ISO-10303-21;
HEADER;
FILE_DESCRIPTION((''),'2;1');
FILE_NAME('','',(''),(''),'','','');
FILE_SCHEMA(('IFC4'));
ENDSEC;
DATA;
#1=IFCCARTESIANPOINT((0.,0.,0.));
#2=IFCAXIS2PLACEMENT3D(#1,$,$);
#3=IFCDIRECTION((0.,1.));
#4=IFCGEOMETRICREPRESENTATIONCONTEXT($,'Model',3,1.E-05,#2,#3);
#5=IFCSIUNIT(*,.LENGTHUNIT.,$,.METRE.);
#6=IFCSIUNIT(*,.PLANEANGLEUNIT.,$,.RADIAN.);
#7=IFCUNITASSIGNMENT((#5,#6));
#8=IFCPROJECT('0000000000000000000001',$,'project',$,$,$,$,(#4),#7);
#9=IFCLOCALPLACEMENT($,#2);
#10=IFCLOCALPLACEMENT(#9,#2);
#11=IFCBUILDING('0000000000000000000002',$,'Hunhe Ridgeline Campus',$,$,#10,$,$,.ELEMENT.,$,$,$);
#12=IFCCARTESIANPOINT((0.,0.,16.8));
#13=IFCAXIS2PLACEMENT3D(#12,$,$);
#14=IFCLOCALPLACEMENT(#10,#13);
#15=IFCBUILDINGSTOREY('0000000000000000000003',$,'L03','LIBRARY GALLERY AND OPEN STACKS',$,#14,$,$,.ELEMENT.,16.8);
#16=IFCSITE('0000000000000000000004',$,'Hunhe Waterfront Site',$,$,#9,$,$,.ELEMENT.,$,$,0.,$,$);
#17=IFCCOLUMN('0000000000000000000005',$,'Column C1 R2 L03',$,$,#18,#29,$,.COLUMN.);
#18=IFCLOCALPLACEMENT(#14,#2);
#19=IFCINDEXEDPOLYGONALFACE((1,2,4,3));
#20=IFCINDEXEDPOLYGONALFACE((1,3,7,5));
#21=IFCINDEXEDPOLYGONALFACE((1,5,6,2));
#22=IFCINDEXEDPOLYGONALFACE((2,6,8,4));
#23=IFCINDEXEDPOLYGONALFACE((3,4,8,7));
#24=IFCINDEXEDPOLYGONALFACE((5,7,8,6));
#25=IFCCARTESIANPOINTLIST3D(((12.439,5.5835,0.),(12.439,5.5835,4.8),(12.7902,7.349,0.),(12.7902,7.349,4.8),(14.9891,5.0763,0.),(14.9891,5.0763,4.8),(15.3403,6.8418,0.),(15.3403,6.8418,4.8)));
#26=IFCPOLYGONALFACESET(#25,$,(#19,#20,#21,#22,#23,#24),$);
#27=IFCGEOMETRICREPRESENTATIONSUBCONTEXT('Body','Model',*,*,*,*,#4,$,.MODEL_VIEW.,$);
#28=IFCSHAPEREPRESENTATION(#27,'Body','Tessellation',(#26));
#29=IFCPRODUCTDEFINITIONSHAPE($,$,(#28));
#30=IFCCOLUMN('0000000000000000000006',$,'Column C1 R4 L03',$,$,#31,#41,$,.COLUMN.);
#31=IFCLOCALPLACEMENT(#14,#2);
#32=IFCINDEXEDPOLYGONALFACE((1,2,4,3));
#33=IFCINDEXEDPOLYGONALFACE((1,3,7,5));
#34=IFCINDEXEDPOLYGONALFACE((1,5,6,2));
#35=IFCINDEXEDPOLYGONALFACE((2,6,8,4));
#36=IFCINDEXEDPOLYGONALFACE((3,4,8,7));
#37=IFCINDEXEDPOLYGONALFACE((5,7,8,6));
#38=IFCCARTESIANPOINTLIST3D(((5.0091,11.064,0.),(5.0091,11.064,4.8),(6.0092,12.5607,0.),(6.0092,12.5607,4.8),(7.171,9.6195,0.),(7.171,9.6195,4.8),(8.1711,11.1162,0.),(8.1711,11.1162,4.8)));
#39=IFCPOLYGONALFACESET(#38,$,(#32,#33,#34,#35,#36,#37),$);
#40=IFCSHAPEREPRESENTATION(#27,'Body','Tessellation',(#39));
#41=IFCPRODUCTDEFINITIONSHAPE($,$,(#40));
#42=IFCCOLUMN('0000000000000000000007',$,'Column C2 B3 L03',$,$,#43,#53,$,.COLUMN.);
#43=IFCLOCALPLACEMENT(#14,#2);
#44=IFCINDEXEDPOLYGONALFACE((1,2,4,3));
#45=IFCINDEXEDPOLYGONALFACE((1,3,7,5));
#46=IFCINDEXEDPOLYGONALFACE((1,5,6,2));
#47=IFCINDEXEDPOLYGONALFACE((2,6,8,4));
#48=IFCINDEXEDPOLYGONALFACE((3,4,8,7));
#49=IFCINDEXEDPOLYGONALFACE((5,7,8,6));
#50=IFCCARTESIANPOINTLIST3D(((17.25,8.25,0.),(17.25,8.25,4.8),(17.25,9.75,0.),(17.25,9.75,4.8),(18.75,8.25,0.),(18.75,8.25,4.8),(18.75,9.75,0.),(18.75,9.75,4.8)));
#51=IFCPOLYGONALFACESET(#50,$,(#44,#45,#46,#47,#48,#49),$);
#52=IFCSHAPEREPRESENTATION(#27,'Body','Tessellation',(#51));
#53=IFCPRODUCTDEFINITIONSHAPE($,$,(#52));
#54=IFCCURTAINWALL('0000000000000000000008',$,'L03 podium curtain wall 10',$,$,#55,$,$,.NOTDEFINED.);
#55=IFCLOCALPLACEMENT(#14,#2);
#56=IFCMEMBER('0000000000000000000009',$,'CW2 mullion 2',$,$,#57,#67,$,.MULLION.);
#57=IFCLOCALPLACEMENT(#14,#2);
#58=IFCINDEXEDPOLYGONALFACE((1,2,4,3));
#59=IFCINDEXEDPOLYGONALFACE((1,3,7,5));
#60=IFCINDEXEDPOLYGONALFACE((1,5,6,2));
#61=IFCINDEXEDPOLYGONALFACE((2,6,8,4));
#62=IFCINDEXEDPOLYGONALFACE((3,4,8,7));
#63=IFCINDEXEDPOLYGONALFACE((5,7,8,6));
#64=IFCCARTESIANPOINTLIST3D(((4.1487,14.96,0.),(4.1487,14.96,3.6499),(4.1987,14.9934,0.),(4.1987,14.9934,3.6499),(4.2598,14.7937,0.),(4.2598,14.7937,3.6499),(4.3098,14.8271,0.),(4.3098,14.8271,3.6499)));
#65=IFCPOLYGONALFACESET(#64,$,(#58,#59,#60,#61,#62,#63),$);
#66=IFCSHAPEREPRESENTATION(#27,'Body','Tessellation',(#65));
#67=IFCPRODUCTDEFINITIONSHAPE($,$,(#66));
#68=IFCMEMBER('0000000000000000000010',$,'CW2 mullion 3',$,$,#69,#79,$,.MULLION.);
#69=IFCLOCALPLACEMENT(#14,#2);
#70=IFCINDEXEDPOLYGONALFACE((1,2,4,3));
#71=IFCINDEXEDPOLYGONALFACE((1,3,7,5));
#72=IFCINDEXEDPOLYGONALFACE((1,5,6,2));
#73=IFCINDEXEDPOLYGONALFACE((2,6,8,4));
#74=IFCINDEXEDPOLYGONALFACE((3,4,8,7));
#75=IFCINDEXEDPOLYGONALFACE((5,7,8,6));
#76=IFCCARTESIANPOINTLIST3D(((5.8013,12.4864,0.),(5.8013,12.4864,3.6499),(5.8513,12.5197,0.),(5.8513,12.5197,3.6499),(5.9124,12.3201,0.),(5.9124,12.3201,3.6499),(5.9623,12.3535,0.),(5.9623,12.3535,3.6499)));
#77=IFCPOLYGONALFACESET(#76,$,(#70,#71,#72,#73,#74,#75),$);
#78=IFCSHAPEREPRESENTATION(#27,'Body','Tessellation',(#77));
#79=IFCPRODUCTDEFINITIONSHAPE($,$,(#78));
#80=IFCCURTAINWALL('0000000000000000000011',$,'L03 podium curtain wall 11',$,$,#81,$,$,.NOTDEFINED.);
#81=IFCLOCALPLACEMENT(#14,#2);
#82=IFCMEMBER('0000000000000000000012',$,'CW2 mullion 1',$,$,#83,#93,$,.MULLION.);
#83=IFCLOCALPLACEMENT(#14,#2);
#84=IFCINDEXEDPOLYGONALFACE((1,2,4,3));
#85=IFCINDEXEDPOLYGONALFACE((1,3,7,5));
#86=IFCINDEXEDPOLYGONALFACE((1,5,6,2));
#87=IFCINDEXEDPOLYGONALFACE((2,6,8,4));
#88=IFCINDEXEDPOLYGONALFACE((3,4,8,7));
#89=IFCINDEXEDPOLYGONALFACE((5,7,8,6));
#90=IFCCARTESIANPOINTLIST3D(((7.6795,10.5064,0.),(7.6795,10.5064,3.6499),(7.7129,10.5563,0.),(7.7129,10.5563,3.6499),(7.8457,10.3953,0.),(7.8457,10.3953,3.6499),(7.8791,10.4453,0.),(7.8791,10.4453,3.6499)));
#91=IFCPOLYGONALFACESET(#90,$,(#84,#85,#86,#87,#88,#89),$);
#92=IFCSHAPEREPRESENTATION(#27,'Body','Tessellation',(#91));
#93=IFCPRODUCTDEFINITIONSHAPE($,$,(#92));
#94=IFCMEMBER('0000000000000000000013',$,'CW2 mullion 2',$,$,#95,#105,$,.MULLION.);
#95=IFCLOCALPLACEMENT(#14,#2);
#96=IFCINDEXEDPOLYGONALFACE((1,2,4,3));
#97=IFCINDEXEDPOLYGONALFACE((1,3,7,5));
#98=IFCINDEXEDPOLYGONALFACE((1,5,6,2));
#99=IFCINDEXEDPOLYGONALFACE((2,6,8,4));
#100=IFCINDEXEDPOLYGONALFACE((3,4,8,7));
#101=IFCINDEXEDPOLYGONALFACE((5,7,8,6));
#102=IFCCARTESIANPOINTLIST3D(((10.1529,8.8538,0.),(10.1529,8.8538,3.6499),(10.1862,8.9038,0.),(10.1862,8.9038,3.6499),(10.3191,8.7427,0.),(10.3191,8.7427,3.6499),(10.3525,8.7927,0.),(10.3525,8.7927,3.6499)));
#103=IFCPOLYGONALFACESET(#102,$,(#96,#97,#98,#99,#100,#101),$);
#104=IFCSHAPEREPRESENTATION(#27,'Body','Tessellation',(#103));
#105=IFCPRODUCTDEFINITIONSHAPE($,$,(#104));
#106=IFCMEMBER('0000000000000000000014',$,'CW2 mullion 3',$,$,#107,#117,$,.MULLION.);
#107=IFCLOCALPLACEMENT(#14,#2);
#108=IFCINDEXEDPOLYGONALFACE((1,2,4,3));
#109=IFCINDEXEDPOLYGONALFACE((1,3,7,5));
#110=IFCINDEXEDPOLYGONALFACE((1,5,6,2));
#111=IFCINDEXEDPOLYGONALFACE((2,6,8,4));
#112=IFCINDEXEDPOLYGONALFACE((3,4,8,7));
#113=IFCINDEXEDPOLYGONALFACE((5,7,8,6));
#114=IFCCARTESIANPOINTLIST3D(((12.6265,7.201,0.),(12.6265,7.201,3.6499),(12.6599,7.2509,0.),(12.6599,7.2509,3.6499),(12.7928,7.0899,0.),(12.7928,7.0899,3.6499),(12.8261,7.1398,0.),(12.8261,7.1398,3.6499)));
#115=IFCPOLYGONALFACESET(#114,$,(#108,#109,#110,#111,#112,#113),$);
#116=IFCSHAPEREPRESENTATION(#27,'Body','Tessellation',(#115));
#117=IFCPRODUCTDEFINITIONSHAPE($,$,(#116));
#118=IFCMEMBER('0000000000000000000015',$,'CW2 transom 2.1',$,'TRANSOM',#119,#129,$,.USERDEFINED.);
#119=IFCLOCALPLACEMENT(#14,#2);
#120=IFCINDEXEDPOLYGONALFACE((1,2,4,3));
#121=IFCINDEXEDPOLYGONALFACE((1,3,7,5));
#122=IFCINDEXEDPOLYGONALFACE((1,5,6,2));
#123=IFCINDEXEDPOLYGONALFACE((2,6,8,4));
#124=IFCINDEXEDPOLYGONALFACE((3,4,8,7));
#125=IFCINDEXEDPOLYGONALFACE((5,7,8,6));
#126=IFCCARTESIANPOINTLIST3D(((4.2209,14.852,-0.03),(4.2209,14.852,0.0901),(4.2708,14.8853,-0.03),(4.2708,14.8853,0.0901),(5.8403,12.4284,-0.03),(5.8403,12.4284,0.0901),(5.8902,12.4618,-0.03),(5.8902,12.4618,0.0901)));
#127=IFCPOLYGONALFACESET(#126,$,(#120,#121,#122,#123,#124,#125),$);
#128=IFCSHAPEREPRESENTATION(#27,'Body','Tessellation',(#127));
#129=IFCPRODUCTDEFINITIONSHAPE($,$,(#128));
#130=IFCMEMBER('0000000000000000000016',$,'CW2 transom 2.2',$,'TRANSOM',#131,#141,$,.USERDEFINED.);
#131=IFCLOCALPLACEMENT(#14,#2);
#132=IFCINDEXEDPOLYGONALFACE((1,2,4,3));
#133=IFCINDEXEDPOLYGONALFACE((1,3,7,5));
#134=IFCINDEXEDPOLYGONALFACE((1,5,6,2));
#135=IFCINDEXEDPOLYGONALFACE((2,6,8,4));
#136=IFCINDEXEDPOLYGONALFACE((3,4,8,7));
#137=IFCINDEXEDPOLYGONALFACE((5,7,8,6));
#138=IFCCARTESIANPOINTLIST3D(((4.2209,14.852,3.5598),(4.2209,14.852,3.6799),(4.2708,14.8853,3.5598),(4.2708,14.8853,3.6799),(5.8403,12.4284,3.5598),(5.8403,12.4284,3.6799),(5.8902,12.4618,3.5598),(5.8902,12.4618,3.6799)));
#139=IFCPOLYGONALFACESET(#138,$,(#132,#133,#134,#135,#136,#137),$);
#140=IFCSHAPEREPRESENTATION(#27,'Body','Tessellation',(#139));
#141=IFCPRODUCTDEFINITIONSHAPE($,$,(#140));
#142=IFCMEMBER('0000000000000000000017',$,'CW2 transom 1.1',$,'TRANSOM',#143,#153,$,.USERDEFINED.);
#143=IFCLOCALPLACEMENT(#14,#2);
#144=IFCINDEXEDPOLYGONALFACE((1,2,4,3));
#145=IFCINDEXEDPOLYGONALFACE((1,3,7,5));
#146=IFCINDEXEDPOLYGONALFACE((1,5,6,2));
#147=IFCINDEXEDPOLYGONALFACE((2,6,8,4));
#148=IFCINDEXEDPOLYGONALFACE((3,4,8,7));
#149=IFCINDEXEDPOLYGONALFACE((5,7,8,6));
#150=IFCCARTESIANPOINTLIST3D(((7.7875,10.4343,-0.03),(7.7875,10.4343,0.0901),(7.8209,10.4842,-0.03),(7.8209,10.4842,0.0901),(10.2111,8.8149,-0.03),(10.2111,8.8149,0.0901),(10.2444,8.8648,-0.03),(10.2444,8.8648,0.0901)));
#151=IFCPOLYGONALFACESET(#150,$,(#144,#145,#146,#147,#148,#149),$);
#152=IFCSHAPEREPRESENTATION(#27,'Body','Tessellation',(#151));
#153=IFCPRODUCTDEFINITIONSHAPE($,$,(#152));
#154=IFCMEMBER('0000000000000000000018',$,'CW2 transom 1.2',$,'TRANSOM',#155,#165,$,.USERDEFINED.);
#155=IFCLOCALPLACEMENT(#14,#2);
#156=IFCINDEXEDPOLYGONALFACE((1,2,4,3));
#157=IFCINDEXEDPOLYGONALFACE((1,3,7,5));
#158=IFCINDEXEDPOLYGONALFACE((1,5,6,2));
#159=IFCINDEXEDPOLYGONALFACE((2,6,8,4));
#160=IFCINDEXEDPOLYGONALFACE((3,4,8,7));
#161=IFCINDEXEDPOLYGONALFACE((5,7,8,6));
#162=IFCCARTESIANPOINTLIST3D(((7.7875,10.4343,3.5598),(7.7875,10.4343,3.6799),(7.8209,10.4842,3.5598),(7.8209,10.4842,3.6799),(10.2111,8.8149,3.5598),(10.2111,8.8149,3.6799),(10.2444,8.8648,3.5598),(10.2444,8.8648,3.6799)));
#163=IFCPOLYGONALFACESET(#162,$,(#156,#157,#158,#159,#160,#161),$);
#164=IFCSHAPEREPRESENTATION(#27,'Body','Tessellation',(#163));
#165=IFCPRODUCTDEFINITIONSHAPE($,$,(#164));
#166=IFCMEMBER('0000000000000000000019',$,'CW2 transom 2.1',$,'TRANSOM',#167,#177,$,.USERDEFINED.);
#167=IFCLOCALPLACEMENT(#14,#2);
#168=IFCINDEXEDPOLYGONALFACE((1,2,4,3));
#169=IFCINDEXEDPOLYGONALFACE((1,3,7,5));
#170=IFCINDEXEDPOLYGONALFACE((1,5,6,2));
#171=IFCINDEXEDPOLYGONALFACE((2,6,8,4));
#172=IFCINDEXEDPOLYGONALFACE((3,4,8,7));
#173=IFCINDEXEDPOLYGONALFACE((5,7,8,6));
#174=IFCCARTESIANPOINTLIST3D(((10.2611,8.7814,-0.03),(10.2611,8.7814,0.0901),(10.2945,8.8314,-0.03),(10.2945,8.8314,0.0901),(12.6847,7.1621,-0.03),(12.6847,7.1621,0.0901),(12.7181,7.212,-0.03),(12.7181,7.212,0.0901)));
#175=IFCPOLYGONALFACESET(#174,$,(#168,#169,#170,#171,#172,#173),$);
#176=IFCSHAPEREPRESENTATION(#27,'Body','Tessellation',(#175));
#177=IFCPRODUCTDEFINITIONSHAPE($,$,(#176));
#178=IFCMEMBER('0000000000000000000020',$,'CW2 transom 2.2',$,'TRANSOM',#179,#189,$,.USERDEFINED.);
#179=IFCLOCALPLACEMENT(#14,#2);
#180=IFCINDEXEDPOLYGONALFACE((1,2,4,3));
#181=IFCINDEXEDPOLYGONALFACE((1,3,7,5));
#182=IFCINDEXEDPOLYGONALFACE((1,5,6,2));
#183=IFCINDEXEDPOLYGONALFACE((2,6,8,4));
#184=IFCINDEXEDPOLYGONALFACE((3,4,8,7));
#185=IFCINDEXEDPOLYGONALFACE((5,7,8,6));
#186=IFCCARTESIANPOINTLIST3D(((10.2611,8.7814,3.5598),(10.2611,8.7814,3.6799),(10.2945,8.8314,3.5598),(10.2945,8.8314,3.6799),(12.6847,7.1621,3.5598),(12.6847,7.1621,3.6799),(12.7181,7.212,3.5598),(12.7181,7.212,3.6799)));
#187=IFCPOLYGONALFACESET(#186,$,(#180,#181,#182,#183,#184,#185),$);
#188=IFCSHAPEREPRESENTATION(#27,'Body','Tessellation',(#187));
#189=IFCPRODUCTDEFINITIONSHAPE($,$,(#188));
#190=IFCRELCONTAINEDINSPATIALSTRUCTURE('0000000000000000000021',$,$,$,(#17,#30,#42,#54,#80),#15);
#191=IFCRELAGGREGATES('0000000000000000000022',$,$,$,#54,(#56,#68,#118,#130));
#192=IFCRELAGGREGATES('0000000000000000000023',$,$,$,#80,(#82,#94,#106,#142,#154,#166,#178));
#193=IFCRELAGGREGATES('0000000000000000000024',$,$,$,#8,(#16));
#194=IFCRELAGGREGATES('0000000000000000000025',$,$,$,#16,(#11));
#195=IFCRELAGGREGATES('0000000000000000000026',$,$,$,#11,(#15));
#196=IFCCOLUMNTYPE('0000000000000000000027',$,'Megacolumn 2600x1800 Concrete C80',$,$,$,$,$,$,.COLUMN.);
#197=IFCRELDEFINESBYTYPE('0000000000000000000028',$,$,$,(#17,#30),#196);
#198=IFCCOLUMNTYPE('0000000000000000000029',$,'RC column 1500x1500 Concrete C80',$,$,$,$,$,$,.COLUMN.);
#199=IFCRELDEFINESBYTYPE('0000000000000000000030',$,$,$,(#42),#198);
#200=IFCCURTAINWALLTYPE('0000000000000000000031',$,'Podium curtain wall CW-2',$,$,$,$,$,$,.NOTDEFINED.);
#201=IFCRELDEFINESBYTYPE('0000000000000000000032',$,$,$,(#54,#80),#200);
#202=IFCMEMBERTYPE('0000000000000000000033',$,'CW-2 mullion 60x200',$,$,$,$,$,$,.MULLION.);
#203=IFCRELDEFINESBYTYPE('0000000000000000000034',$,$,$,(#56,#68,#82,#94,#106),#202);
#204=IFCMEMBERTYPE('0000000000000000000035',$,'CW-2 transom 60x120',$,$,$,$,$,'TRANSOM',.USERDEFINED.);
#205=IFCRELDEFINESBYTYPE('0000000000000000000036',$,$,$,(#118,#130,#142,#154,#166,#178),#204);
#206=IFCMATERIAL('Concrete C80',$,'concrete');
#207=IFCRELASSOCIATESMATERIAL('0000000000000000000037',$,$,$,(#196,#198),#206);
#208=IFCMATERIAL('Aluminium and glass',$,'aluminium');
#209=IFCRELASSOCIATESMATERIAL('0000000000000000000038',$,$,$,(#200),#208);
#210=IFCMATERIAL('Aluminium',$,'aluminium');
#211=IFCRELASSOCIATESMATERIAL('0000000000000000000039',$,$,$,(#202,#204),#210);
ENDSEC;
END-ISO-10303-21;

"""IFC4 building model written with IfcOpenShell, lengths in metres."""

from ifc_helpers import new_model, si_unit, direction, frame, origin, origin_2d, place, context, subcontext, project, spatial, rectangle, extrude, material, material_profile, profile_set, type_object, element, aggregate, save


model = new_model("IFC4")

# Units and contexts
model_context = context("Model", 3, precision=1e-05, world=origin(), true_north=direction((0.0, 1.0)))
body_context = subcontext(model_context, "Body", "Model", "MODEL_VIEW")
ifc_project = project(units=[si_unit("LENGTHUNIT", "METRE"), si_unit("PLANEANGLEUNIT", "RADIAN")], contexts=[model_context])

# Site, building, storey
site_placement = place(None, origin())
site = spatial("IfcSite", under=ifc_project, at=site_placement, Name="Hunhe Waterfront Site", CompositionType="ELEMENT", RefElevation=0.0)
building_placement = place(site_placement, origin())
building = spatial("IfcBuilding", under=site, at=building_placement, Name="Hunhe Ridgeline Campus", CompositionType="ELEMENT")
storey_placement = place(building_placement, frame((0.0, 0.0, 16.8)))
storey = spatial("IfcBuildingStorey", under=building, at=storey_placement, Name="L03", Description="LIBRARY GALLERY AND OPEN STACKS", CompositionType="ELEMENT", Elevation=16.8)

# Columns
ifc_material_1 = material(Name="Concrete C80", Category="concrete")
ifc_material_profile_1 = material_profile(ifc_material_1, rectangle(XDim=2.6001, YDim=1.8, at=origin_2d()))
ifc_profile_set_1 = profile_set([ifc_material_profile_1], Name="Concrete C80")
column_type_1 = type_object("IfcColumnType", Name="Megacolumn 2600x1800 Concrete C80", PredefinedType="COLUMN", material=ifc_profile_set_1)
for number, where, z_axis, x_axis, name in (
    (1, (13.8896, 6.2126, 0.0), (0.0, 0.0, 1.0), (-0.980785, 0.19509, 0.0), "Column C1 R2 L03"),
    (2, (6.5901, 11.0901, 0.0), (0.0, 0.0, 1.0), (-0.83147, 0.55557, 0.0), "Column C1 R4 L03"),
):
    element("IfcColumn", number, at=place(storey_placement, frame(where, z_axis=z_axis, x_axis=x_axis)), inside=storey, type_object=column_type_1, Name=name, PredefinedType="COLUMN", context=body_context, shape_type="SweptSolid", body=[
        extrude(rectangle(XDim=2.6001, YDim=1.8, at=origin_2d()), origin(), (0.0, 0.0, 1.0), 4.8),
    ])
ifc_material_profile_2 = material_profile(ifc_material_1, rectangle(XDim=1.5, YDim=1.5, at=origin_2d()))
ifc_profile_set_2 = profile_set([ifc_material_profile_2], Name="Concrete C80")
column_type_2 = type_object("IfcColumnType", Name="RC column 1500x1500 Concrete C80", PredefinedType="COLUMN", material=ifc_profile_set_2)
column_placement = place(storey_placement, frame((18.0, 9.0, 0.0), z_axis=(0.0, 0.0, 1.0), x_axis=(1.0, 0.0, 0.0)))
element("IfcColumn", 3, at=column_placement, inside=storey, type_object=column_type_2, Name="Column C2 B3 L03", PredefinedType="COLUMN", context=body_context, shape_type="SweptSolid", body=[
    extrude(rectangle(XDim=1.5, YDim=1.5, at=origin_2d()), origin(), (0.0, 0.0, 1.0), 4.8),
])

# Curtain walls, members
ifc_material_2 = material(Name="Aluminium and glass", Category="aluminium")
curtain_wall_type = type_object("IfcCurtainWallType", Name="Podium curtain wall CW-2", PredefinedType="NOTDEFINED", material=ifc_material_2)
curtain_wall_1_placement = place(storey_placement, origin())
curtain_wall_1 = element("IfcCurtainWall", 4, at=curtain_wall_1_placement, inside=storey, type_object=curtain_wall_type, Name="L03 podium curtain wall 10", PredefinedType="NOTDEFINED")
ifc_material_3 = material(Name="Aluminium", Category="aluminium")
ifc_material_profile_3 = material_profile(ifc_material_3, rectangle(XDim=0.0601, YDim=0.2, at=origin_2d()))
ifc_profile_set_3 = profile_set([ifc_material_profile_3], Name="Aluminium")
member_type_1 = type_object("IfcMemberType", Name="CW-2 mullion 60x200", PredefinedType="MULLION", material=ifc_profile_set_3)
member_1_placement = place(storey_placement, frame((4.2292, 14.8936, 0.0), z_axis=(0.0, 0.0, 1.0), x_axis=(0.831464, 0.555579, 0.0)))
member_1 = element("IfcMember", 5, at=member_1_placement, type_object=member_type_1, Name="CW2 mullion 2", PredefinedType="MULLION", context=body_context, shape_type="SweptSolid", body=[
    extrude(rectangle(XDim=0.0601, YDim=0.2, at=origin_2d()), origin(), (0.0, 0.0, 1.0), 3.6499),
])
member_2_placement = place(storey_placement, frame((5.8818, 12.4199, 0.0), z_axis=(0.0, 0.0, 1.0), x_axis=(0.831464, 0.555579, 0.0)))
member_2 = element("IfcMember", 6, at=member_2_placement, type_object=member_type_1, Name="CW2 mullion 3", PredefinedType="MULLION", context=body_context, shape_type="SweptSolid", body=[
    extrude(rectangle(XDim=0.0601, YDim=0.2, at=origin_2d()), origin(), (0.0, 0.0, 1.0), 3.6499),
])
curtain_wall_2_placement = place(storey_placement, origin())
curtain_wall_2 = element("IfcCurtainWall", 7, at=curtain_wall_2_placement, inside=storey, type_object=curtain_wall_type, Name="L03 podium curtain wall 11", PredefinedType="NOTDEFINED")
member_3_placement = place(storey_placement, frame((7.7793, 10.4758, 0.0), z_axis=(0.0, 0.0, 1.0), x_axis=(0.555572, 0.831469, 0.0)))
member_3 = element("IfcMember", 8, at=member_3_placement, type_object=member_type_1, Name="CW2 mullion 1", PredefinedType="MULLION", context=body_context, shape_type="SweptSolid", body=[
    extrude(rectangle(XDim=0.0601, YDim=0.2, at=origin_2d()), origin(), (0.0, 0.0, 1.0), 3.6499),
])
member_4_placement = place(storey_placement, frame((10.2527, 8.8232, 0.0), z_axis=(0.0, 0.0, 1.0), x_axis=(0.555572, 0.831469, 0.0)))
member_4 = element("IfcMember", 9, at=member_4_placement, type_object=member_type_1, Name="CW2 mullion 2", PredefinedType="MULLION", context=body_context, shape_type="SweptSolid", body=[
    extrude(rectangle(XDim=0.0601, YDim=0.2, at=origin_2d()), origin(), (0.0, 0.0, 1.0), 3.6499),
])
member_5_placement = place(storey_placement, frame((12.7263, 7.1704, 0.0), z_axis=(0.0, 0.0, 1.0), x_axis=(0.555572, 0.831469, 0.0)))
member_5 = element("IfcMember", 10, at=member_5_placement, type_object=member_type_1, Name="CW2 mullion 3", PredefinedType="MULLION", context=body_context, shape_type="SweptSolid", body=[
    extrude(rectangle(XDim=0.0601, YDim=0.2, at=origin_2d()), origin(), (0.0, 0.0, 1.0), 3.6499),
])

# Members
ifc_material_profile_4 = material_profile(ifc_material_3, rectangle(XDim=0.0601, YDim=0.1201, at=origin_2d()))
ifc_profile_set_4 = profile_set([ifc_material_profile_4], Name="Aluminium")
member_type_2 = type_object("IfcMemberType", Name="CW-2 transom 60x120", ElementType="TRANSOM", PredefinedType="USERDEFINED", material=ifc_profile_set_4)
member_6_placement = place(storey_placement, frame((4.2458, 14.8687, 0.03), z_axis=(0.55557, -0.83147, 0.0), x_axis=(0.83147, 0.55557, 0.0)))
member_6 = element("IfcMember", 11, at=member_6_placement, type_object=member_type_2, Name="CW2 transom 2.1", ObjectType="TRANSOM", PredefinedType="USERDEFINED", context=body_context, shape_type="SweptSolid", body=[
    extrude(rectangle(XDim=0.0601, YDim=0.1201, at=origin_2d()), origin(), (0.0, 0.0, 1.0), 2.9148),
])
member_7_placement = place(storey_placement, frame((4.2458, 14.8687, 3.6199), z_axis=(0.55557, -0.83147, 0.0), x_axis=(0.83147, 0.55557, 0.0)))
member_7 = element("IfcMember", 12, at=member_7_placement, type_object=member_type_2, Name="CW2 transom 2.2", ObjectType="TRANSOM", PredefinedType="USERDEFINED", context=body_context, shape_type="SweptSolid", body=[
    extrude(rectangle(XDim=0.0601, YDim=0.1201, at=origin_2d()), origin(), (0.0, 0.0, 1.0), 2.9148),
])
member_8_placement = place(storey_placement, frame((7.8042, 10.4592, 0.03), z_axis=(0.83147, -0.55557, 0.0), x_axis=(0.55557, 0.83147, 0.0)))
member_8 = element("IfcMember", 13, at=member_8_placement, type_object=member_type_2, Name="CW2 transom 1.1", ObjectType="TRANSOM", PredefinedType="USERDEFINED", context=body_context, shape_type="SweptSolid", body=[
    extrude(rectangle(XDim=0.0601, YDim=0.1201, at=origin_2d()), origin(), (0.0, 0.0, 1.0), 2.9148),
])
member_9_placement = place(storey_placement, frame((7.8042, 10.4592, 3.6199), z_axis=(0.83147, -0.55557, 0.0), x_axis=(0.55557, 0.83147, 0.0)))
member_9 = element("IfcMember", 14, at=member_9_placement, type_object=member_type_2, Name="CW2 transom 1.2", ObjectType="TRANSOM", PredefinedType="USERDEFINED", context=body_context, shape_type="SweptSolid", body=[
    extrude(rectangle(XDim=0.0601, YDim=0.1201, at=origin_2d()), origin(), (0.0, 0.0, 1.0), 2.9148),
])
member_10_placement = place(storey_placement, frame((10.2778, 8.8064, 0.03), z_axis=(0.83147, -0.55557, 0.0), x_axis=(0.55557, 0.83147, 0.0)))
member_10 = element("IfcMember", 15, at=member_10_placement, type_object=member_type_2, Name="CW2 transom 2.1", ObjectType="TRANSOM", PredefinedType="USERDEFINED", context=body_context, shape_type="SweptSolid", body=[
    extrude(rectangle(XDim=0.0601, YDim=0.1201, at=origin_2d()), origin(), (0.0, 0.0, 1.0), 2.9148),
])
member_11_placement = place(storey_placement, frame((10.2778, 8.8064, 3.6199), z_axis=(0.83147, -0.55557, 0.0), x_axis=(0.55557, 0.83147, 0.0)))
member_11 = element("IfcMember", 16, at=member_11_placement, type_object=member_type_2, Name="CW2 transom 2.2", ObjectType="TRANSOM", PredefinedType="USERDEFINED", context=body_context, shape_type="SweptSolid", body=[
    extrude(rectangle(XDim=0.0601, YDim=0.1201, at=origin_2d()), origin(), (0.0, 0.0, 1.0), 2.9148),
])

aggregate(curtain_wall_1, [member_1, member_2, member_6, member_7])
aggregate(curtain_wall_2, [member_3, member_4, member_5, member_8, member_9, member_10, member_11])

save(model, "model.ifc")
